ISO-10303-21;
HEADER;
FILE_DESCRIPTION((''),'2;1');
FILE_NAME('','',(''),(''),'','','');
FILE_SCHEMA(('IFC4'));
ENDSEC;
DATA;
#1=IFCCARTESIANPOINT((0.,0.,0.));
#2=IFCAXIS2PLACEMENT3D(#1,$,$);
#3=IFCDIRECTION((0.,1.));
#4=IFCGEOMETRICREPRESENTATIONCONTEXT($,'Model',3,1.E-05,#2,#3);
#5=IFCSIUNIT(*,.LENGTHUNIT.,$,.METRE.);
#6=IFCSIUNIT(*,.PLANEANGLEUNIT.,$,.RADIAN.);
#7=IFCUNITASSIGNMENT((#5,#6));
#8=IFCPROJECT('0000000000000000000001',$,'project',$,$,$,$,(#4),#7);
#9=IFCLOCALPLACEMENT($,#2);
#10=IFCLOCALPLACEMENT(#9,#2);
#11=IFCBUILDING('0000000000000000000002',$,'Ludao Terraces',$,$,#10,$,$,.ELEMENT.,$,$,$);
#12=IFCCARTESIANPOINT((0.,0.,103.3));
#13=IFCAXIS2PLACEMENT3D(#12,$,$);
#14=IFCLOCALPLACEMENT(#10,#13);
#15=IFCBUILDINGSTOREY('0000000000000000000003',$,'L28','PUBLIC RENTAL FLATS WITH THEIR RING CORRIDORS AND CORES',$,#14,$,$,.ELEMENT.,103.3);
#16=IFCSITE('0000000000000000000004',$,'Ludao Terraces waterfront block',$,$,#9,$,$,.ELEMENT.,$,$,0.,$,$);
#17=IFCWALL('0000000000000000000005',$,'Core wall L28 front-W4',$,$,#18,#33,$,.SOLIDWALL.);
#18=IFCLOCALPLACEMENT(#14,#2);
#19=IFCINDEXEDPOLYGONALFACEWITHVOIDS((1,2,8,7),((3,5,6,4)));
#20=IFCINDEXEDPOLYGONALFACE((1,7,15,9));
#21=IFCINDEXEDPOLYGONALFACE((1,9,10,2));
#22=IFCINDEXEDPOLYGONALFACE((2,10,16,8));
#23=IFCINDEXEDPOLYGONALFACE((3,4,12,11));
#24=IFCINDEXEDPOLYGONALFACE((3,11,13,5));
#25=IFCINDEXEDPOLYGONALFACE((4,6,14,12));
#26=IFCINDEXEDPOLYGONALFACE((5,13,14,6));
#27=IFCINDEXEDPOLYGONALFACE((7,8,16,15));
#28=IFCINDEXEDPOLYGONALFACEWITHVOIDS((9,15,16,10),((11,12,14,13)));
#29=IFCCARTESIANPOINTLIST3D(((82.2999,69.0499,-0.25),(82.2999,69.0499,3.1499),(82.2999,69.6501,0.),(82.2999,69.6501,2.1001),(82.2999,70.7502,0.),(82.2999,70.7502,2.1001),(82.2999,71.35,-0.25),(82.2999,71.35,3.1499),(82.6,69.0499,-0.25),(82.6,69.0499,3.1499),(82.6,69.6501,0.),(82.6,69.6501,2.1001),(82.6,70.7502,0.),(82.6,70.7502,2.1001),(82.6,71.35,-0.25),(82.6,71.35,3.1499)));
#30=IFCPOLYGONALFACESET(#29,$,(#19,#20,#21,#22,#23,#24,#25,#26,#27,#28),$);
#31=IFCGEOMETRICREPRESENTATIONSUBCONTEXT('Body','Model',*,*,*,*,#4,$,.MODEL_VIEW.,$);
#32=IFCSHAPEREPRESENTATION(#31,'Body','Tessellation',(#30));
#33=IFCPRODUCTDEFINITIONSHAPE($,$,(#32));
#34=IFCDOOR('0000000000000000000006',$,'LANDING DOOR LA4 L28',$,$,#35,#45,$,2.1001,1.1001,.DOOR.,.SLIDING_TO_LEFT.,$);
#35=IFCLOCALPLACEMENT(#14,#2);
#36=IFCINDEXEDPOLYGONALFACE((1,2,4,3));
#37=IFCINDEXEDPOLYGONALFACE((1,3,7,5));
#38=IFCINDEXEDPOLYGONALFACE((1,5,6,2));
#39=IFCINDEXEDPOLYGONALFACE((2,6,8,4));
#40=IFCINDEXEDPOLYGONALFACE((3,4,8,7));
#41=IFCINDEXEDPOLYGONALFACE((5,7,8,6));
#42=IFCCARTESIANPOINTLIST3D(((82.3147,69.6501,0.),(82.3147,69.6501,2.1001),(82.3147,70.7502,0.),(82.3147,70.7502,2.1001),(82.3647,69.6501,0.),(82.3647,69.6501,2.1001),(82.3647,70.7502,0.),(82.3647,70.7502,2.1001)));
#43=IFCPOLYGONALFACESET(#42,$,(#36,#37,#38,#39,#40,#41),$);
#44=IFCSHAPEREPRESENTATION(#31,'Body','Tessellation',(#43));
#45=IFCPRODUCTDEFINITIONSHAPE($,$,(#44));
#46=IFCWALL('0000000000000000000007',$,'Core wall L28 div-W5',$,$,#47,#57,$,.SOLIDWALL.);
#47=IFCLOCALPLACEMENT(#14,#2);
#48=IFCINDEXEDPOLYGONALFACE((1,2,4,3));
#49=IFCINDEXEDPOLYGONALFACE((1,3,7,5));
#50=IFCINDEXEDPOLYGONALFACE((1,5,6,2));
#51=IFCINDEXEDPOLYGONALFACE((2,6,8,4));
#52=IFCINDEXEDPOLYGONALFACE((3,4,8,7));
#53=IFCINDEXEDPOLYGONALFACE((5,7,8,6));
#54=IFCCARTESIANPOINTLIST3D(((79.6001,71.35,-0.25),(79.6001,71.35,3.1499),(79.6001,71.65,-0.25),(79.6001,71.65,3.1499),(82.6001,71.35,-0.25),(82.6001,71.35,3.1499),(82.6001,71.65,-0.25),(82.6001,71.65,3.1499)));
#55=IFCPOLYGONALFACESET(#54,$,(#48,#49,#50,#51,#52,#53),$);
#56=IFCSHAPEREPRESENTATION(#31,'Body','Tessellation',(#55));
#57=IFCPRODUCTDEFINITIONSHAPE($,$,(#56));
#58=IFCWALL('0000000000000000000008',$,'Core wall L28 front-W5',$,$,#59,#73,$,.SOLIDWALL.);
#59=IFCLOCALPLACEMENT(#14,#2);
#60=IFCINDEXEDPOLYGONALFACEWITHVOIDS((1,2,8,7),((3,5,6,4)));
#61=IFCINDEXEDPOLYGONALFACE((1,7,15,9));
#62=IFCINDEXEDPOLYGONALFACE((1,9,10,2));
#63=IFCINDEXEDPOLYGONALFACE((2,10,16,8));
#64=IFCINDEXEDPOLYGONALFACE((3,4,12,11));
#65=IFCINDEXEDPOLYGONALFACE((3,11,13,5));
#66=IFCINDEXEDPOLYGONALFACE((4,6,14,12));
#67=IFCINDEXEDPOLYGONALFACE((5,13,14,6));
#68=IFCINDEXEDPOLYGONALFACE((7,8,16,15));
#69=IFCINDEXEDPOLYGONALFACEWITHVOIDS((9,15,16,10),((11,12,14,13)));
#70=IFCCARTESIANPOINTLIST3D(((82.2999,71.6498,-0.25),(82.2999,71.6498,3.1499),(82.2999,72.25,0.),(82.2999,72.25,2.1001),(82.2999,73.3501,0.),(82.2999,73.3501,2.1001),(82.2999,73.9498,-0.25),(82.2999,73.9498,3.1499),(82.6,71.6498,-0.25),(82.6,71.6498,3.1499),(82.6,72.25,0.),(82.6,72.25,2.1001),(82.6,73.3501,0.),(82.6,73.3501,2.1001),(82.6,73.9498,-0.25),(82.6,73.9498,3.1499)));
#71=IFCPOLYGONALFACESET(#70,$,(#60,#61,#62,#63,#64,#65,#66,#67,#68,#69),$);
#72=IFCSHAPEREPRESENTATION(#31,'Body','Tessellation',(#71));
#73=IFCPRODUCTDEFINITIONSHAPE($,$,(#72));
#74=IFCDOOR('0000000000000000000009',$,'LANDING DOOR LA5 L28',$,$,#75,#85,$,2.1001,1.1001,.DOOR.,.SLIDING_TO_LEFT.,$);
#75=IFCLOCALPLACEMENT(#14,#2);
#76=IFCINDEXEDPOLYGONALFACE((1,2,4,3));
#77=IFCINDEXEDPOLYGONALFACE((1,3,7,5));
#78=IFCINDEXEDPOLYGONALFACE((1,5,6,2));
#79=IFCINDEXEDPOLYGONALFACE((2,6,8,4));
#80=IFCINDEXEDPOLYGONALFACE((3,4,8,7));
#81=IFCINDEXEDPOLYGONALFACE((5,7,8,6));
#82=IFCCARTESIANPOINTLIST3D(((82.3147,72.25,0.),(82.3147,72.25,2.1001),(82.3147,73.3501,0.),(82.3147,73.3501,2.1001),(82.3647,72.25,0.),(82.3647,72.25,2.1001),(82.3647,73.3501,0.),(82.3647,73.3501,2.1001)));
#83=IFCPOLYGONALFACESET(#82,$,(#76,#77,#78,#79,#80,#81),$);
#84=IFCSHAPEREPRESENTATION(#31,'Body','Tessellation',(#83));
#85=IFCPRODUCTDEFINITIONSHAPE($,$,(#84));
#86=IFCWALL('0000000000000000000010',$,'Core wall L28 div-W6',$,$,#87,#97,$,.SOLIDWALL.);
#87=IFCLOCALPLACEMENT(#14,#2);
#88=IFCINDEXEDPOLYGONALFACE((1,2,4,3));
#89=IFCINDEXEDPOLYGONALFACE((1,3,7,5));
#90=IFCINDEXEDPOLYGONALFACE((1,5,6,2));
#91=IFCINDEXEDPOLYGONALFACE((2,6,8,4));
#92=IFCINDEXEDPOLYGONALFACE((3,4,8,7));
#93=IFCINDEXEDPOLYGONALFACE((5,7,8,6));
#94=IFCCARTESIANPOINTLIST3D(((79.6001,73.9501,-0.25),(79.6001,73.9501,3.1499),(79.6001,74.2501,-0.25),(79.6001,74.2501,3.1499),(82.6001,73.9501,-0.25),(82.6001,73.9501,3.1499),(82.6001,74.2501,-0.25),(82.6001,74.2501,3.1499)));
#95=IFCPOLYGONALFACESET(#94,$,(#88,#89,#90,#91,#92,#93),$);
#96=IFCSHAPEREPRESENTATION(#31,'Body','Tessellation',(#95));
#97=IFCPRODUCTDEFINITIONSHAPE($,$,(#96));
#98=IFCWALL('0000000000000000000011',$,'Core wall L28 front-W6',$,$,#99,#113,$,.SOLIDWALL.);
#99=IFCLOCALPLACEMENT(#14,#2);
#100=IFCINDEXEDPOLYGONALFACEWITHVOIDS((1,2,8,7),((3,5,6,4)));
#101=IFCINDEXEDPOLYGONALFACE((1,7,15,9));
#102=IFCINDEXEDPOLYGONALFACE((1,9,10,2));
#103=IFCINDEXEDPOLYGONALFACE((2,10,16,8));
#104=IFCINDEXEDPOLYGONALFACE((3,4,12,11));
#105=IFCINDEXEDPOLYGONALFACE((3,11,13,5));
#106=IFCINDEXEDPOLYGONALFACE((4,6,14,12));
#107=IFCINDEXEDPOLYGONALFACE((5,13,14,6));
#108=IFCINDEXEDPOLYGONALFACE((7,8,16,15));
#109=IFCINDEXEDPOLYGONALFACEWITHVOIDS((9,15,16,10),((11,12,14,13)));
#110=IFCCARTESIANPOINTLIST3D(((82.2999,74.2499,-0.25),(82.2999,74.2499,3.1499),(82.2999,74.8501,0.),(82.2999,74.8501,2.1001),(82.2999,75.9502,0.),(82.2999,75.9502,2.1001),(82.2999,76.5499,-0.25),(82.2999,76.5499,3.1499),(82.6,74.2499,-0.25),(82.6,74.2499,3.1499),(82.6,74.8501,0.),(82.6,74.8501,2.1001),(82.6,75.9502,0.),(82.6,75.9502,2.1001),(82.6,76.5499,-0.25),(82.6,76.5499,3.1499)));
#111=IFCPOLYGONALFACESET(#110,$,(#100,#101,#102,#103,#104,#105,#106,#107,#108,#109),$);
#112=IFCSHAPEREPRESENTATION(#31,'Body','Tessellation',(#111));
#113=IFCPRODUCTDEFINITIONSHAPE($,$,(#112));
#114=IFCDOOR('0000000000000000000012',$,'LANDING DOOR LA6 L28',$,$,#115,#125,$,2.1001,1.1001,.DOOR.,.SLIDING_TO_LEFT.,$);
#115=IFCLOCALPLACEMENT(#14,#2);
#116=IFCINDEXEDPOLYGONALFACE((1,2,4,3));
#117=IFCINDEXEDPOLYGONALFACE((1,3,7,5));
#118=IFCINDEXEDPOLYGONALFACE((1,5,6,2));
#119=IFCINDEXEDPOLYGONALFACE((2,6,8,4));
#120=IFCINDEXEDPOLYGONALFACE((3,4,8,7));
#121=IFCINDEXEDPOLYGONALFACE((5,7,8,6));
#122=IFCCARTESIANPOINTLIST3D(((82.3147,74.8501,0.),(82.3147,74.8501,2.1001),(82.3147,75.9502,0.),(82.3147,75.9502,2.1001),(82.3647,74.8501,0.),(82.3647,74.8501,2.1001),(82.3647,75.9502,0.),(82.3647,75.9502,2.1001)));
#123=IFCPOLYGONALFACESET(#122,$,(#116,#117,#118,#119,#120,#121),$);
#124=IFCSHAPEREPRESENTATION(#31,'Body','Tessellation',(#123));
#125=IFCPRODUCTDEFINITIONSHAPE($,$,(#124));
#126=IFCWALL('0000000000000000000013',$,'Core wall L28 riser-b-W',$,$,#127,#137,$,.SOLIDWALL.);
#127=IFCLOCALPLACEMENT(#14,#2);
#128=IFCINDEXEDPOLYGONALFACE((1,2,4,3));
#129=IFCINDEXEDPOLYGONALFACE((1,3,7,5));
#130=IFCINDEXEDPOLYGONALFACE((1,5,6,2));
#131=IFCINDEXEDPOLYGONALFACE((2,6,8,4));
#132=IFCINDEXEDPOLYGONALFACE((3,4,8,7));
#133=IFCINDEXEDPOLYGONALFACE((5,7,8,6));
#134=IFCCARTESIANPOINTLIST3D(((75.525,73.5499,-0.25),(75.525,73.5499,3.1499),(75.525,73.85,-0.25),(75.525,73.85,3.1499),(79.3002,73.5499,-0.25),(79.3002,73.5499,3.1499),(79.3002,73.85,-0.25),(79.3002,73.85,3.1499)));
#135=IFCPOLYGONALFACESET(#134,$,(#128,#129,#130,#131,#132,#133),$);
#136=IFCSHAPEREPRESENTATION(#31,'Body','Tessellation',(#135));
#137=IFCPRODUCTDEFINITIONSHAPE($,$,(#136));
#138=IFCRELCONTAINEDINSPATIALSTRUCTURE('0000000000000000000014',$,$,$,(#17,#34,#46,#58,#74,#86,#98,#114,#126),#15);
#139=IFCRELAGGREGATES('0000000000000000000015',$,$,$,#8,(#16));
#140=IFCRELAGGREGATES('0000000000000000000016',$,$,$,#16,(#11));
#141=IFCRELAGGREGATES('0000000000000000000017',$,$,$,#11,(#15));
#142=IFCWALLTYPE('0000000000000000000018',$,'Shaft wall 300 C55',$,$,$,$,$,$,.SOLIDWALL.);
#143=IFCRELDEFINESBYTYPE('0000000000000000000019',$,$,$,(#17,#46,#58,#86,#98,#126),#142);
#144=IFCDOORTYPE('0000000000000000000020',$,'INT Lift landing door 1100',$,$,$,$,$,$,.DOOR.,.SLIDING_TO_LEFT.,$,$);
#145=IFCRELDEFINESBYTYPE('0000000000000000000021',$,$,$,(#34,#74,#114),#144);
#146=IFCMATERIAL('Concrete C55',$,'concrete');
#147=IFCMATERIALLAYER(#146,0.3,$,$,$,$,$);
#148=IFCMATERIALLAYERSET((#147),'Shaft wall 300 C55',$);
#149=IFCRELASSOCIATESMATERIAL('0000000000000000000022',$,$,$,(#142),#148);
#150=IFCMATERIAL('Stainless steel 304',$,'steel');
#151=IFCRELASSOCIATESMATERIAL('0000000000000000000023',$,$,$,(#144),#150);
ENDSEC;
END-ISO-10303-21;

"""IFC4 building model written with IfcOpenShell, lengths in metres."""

from ifc_helpers import new_model, si_unit, direction, frame, frame_2d, origin, place, context, subcontext, project, spatial, rectangle, extrude, material, layer, layer_set, type_object, element, fill, save


model = new_model("IFC4")

# Units and contexts
model_context = context("Model", 3, precision=1e-05, world=origin(), true_north=direction((0.0, 1.0)))
body_context = subcontext(model_context, "Body", "Model", "MODEL_VIEW")
ifc_project = project(units=[si_unit("LENGTHUNIT", "METRE"), si_unit("PLANEANGLEUNIT", "RADIAN")], contexts=[model_context])

# Site, building, storey
site_placement = place(None, origin())
site = spatial("IfcSite", under=ifc_project, at=site_placement, Name="Ludao Terraces waterfront block", CompositionType="ELEMENT", RefElevation=0.0)
building_placement = place(site_placement, origin())
building = spatial("IfcBuilding", under=site, at=building_placement, Name="Ludao Terraces", CompositionType="ELEMENT")
storey_placement = place(building_placement, frame((0.0, 0.0, 103.3)))
storey = spatial("IfcBuildingStorey", under=building, at=storey_placement, Name="L28", Description="PUBLIC RENTAL FLATS WITH THEIR RING CORRIDORS AND CORES", CompositionType="ELEMENT", Elevation=103.3)

# Shared definitions
ifc_material_1 = material(Name="Concrete C55", Category="concrete")
ifc_layer_1 = layer(ifc_material_1, 0.3)
ifc_layer_set_1 = layer_set([ifc_layer_1], Name="Shaft wall 300 C55")
wall_type_1 = type_object("IfcWallType", Name="Shaft wall 300 C55", PredefinedType="SOLIDWALL", material=ifc_layer_set_1)

# Wall, opening, door
wall_1_placement = place(storey_placement, frame((82.45, 69.05, -0.25), z_axis=(0.0, 0.0, 1.0), x_axis=(0.0, 1.0, 0.0)))
wall_1 = element("IfcWall", 1, at=wall_1_placement, inside=storey, type_object=wall_type_1, Name="Core wall L28 front-W4", PredefinedType="SOLIDWALL", context=body_context, shape_type="SweptSolid", body=[
    extrude(rectangle(XDim=2.3, YDim=0.3, at=frame_2d((1.1499, 0.0))), origin(), (0.0, 0.0, 1.0), 3.3999),
])
opening_1_placement = place(wall_1_placement, frame((0.6001, 0.0, 0.25)))
opening_1 = element("IfcOpeningElement", 2, at=opening_1_placement, cuts=wall_1, PredefinedType="OPENING", context=body_context, shape_type="SweptSolid", body=[
    extrude(rectangle(XDim=1.1001, YDim=2.1001, at=frame_2d((0.55, 1.05))), frame((0.0, 0.1602, 0.0), z_axis=(0.0, -1.0, 0.0), x_axis=(1.0, 0.0, 0.0)), (0.0, 0.0, 1.0), 0.3201),
])
ifc_material_2 = material(Name="Stainless steel 304", Category="steel")
door_type_1 = type_object("IfcDoorType", Name="INT Lift landing door 1100", OperationType="SLIDING_TO_LEFT", PredefinedType="DOOR", material=ifc_material_2)
door_1_placement = place(opening_1_placement, origin())
door_1 = element("IfcDoor", 3, at=door_1_placement, inside=storey, type_object=door_type_1, Name="LANDING DOOR LA4 L28", OperationType="SLIDING_TO_LEFT", OverallHeight=2.1001, OverallWidth=1.1001, PredefinedType="DOOR", context=body_context, shape_type="SweptSolid", body=[
    extrude(rectangle(XDim=1.1001, YDim=2.1001, at=frame_2d((0.55, 1.05))), frame((0.0, 0.1353, 0.0), z_axis=(0.0, -1.0, 0.0), x_axis=(1.0, 0.0, 0.0)), (0.0, 0.0, 1.0), 0.05),
])
fill(opening_1, door_1)

# Wall
wall_2_placement = place(storey_placement, frame((79.6001, 71.5, -0.25), z_axis=(0.0, 0.0, 1.0), x_axis=(1.0, 0.0, 0.0)))
element("IfcWall", 4, at=wall_2_placement, inside=storey, type_object=wall_type_1, Name="Core wall L28 div-W5", PredefinedType="SOLIDWALL", context=body_context, shape_type="SweptSolid", body=[
    extrude(rectangle(XDim=3.0, YDim=0.3, at=frame_2d((1.5, 0.0))), origin(), (0.0, 0.0, 1.0), 3.3999),
])

# Wall, opening, door
wall_3_placement = place(storey_placement, frame((82.45, 71.6499, -0.25), z_axis=(0.0, 0.0, 1.0), x_axis=(0.0, 1.0, 0.0)))
wall_3 = element("IfcWall", 5, at=wall_3_placement, inside=storey, type_object=wall_type_1, Name="Core wall L28 front-W5", PredefinedType="SOLIDWALL", context=body_context, shape_type="SweptSolid", body=[
    extrude(rectangle(XDim=2.3, YDim=0.3, at=frame_2d((1.1499, 0.0))), origin(), (0.0, 0.0, 1.0), 3.3999),
])
opening_2_placement = place(wall_3_placement, frame((0.6001, 0.0, 0.25)))
opening_2 = element("IfcOpeningElement", 6, at=opening_2_placement, cuts=wall_3, PredefinedType="OPENING", context=body_context, shape_type="SweptSolid", body=[
    extrude(rectangle(XDim=1.1001, YDim=2.1001, at=frame_2d((0.55, 1.05))), frame((0.0, 0.1602, 0.0), z_axis=(0.0, -1.0, 0.0), x_axis=(1.0, 0.0, 0.0)), (0.0, 0.0, 1.0), 0.3201),
])
door_2_placement = place(opening_2_placement, origin())
door_2 = element("IfcDoor", 7, at=door_2_placement, inside=storey, type_object=door_type_1, Name="LANDING DOOR LA5 L28", OperationType="SLIDING_TO_LEFT", OverallHeight=2.1001, OverallWidth=1.1001, PredefinedType="DOOR", context=body_context, shape_type="SweptSolid", body=[
    extrude(rectangle(XDim=1.1001, YDim=2.1001, at=frame_2d((0.55, 1.05))), frame((0.0, 0.1353, 0.0), z_axis=(0.0, -1.0, 0.0), x_axis=(1.0, 0.0, 0.0)), (0.0, 0.0, 1.0), 0.05),
])
fill(opening_2, door_2)

# Wall
wall_4_placement = place(storey_placement, frame((79.6001, 74.1001, -0.25), z_axis=(0.0, 0.0, 1.0), x_axis=(1.0, 0.0, 0.0)))
element("IfcWall", 8, at=wall_4_placement, inside=storey, type_object=wall_type_1, Name="Core wall L28 div-W6", PredefinedType="SOLIDWALL", context=body_context, shape_type="SweptSolid", body=[
    extrude(rectangle(XDim=3.0, YDim=0.3, at=frame_2d((1.5, 0.0))), origin(), (0.0, 0.0, 1.0), 3.3999),
])

# Wall, opening, door
wall_5_placement = place(storey_placement, frame((82.45, 74.25, -0.25), z_axis=(0.0, 0.0, 1.0), x_axis=(0.0, 1.0, 0.0)))
wall_5 = element("IfcWall", 9, at=wall_5_placement, inside=storey, type_object=wall_type_1, Name="Core wall L28 front-W6", PredefinedType="SOLIDWALL", context=body_context, shape_type="SweptSolid", body=[
    extrude(rectangle(XDim=2.3, YDim=0.3, at=frame_2d((1.1499, 0.0))), origin(), (0.0, 0.0, 1.0), 3.3999),
])
opening_3_placement = place(wall_5_placement, frame((0.6001, 0.0, 0.25)))
opening_3 = element("IfcOpeningElement", 10, at=opening_3_placement, cuts=wall_5, PredefinedType="OPENING", context=body_context, shape_type="SweptSolid", body=[
    extrude(rectangle(XDim=1.1001, YDim=2.1001, at=frame_2d((0.55, 1.05))), frame((0.0, 0.1602, 0.0), z_axis=(0.0, -1.0, 0.0), x_axis=(1.0, 0.0, 0.0)), (0.0, 0.0, 1.0), 0.3201),
])
door_3_placement = place(opening_3_placement, origin())
door_3 = element("IfcDoor", 11, at=door_3_placement, inside=storey, type_object=door_type_1, Name="LANDING DOOR LA6 L28", OperationType="SLIDING_TO_LEFT", OverallHeight=2.1001, OverallWidth=1.1001, PredefinedType="DOOR", context=body_context, shape_type="SweptSolid", body=[
    extrude(rectangle(XDim=1.1001, YDim=2.1001, at=frame_2d((0.55, 1.05))), frame((0.0, 0.1353, 0.0), z_axis=(0.0, -1.0, 0.0), x_axis=(1.0, 0.0, 0.0)), (0.0, 0.0, 1.0), 0.05),
])
fill(opening_3, door_3)

# Wall
wall_6_placement = place(storey_placement, frame((75.5249, 73.7, -0.25), z_axis=(0.0, 0.0, 1.0), x_axis=(1.0, 0.0, 0.0)))
element("IfcWall", 12, at=wall_6_placement, inside=storey, type_object=wall_type_1, Name="Core wall L28 riser-b-W", PredefinedType="SOLIDWALL", context=body_context, shape_type="SweptSolid", body=[
    extrude(rectangle(XDim=3.7751, YDim=0.3, at=frame_2d((1.8877, 0.0))), origin(), (0.0, 0.0, 1.0), 3.3999),
])

save(model, "model.ifc")
